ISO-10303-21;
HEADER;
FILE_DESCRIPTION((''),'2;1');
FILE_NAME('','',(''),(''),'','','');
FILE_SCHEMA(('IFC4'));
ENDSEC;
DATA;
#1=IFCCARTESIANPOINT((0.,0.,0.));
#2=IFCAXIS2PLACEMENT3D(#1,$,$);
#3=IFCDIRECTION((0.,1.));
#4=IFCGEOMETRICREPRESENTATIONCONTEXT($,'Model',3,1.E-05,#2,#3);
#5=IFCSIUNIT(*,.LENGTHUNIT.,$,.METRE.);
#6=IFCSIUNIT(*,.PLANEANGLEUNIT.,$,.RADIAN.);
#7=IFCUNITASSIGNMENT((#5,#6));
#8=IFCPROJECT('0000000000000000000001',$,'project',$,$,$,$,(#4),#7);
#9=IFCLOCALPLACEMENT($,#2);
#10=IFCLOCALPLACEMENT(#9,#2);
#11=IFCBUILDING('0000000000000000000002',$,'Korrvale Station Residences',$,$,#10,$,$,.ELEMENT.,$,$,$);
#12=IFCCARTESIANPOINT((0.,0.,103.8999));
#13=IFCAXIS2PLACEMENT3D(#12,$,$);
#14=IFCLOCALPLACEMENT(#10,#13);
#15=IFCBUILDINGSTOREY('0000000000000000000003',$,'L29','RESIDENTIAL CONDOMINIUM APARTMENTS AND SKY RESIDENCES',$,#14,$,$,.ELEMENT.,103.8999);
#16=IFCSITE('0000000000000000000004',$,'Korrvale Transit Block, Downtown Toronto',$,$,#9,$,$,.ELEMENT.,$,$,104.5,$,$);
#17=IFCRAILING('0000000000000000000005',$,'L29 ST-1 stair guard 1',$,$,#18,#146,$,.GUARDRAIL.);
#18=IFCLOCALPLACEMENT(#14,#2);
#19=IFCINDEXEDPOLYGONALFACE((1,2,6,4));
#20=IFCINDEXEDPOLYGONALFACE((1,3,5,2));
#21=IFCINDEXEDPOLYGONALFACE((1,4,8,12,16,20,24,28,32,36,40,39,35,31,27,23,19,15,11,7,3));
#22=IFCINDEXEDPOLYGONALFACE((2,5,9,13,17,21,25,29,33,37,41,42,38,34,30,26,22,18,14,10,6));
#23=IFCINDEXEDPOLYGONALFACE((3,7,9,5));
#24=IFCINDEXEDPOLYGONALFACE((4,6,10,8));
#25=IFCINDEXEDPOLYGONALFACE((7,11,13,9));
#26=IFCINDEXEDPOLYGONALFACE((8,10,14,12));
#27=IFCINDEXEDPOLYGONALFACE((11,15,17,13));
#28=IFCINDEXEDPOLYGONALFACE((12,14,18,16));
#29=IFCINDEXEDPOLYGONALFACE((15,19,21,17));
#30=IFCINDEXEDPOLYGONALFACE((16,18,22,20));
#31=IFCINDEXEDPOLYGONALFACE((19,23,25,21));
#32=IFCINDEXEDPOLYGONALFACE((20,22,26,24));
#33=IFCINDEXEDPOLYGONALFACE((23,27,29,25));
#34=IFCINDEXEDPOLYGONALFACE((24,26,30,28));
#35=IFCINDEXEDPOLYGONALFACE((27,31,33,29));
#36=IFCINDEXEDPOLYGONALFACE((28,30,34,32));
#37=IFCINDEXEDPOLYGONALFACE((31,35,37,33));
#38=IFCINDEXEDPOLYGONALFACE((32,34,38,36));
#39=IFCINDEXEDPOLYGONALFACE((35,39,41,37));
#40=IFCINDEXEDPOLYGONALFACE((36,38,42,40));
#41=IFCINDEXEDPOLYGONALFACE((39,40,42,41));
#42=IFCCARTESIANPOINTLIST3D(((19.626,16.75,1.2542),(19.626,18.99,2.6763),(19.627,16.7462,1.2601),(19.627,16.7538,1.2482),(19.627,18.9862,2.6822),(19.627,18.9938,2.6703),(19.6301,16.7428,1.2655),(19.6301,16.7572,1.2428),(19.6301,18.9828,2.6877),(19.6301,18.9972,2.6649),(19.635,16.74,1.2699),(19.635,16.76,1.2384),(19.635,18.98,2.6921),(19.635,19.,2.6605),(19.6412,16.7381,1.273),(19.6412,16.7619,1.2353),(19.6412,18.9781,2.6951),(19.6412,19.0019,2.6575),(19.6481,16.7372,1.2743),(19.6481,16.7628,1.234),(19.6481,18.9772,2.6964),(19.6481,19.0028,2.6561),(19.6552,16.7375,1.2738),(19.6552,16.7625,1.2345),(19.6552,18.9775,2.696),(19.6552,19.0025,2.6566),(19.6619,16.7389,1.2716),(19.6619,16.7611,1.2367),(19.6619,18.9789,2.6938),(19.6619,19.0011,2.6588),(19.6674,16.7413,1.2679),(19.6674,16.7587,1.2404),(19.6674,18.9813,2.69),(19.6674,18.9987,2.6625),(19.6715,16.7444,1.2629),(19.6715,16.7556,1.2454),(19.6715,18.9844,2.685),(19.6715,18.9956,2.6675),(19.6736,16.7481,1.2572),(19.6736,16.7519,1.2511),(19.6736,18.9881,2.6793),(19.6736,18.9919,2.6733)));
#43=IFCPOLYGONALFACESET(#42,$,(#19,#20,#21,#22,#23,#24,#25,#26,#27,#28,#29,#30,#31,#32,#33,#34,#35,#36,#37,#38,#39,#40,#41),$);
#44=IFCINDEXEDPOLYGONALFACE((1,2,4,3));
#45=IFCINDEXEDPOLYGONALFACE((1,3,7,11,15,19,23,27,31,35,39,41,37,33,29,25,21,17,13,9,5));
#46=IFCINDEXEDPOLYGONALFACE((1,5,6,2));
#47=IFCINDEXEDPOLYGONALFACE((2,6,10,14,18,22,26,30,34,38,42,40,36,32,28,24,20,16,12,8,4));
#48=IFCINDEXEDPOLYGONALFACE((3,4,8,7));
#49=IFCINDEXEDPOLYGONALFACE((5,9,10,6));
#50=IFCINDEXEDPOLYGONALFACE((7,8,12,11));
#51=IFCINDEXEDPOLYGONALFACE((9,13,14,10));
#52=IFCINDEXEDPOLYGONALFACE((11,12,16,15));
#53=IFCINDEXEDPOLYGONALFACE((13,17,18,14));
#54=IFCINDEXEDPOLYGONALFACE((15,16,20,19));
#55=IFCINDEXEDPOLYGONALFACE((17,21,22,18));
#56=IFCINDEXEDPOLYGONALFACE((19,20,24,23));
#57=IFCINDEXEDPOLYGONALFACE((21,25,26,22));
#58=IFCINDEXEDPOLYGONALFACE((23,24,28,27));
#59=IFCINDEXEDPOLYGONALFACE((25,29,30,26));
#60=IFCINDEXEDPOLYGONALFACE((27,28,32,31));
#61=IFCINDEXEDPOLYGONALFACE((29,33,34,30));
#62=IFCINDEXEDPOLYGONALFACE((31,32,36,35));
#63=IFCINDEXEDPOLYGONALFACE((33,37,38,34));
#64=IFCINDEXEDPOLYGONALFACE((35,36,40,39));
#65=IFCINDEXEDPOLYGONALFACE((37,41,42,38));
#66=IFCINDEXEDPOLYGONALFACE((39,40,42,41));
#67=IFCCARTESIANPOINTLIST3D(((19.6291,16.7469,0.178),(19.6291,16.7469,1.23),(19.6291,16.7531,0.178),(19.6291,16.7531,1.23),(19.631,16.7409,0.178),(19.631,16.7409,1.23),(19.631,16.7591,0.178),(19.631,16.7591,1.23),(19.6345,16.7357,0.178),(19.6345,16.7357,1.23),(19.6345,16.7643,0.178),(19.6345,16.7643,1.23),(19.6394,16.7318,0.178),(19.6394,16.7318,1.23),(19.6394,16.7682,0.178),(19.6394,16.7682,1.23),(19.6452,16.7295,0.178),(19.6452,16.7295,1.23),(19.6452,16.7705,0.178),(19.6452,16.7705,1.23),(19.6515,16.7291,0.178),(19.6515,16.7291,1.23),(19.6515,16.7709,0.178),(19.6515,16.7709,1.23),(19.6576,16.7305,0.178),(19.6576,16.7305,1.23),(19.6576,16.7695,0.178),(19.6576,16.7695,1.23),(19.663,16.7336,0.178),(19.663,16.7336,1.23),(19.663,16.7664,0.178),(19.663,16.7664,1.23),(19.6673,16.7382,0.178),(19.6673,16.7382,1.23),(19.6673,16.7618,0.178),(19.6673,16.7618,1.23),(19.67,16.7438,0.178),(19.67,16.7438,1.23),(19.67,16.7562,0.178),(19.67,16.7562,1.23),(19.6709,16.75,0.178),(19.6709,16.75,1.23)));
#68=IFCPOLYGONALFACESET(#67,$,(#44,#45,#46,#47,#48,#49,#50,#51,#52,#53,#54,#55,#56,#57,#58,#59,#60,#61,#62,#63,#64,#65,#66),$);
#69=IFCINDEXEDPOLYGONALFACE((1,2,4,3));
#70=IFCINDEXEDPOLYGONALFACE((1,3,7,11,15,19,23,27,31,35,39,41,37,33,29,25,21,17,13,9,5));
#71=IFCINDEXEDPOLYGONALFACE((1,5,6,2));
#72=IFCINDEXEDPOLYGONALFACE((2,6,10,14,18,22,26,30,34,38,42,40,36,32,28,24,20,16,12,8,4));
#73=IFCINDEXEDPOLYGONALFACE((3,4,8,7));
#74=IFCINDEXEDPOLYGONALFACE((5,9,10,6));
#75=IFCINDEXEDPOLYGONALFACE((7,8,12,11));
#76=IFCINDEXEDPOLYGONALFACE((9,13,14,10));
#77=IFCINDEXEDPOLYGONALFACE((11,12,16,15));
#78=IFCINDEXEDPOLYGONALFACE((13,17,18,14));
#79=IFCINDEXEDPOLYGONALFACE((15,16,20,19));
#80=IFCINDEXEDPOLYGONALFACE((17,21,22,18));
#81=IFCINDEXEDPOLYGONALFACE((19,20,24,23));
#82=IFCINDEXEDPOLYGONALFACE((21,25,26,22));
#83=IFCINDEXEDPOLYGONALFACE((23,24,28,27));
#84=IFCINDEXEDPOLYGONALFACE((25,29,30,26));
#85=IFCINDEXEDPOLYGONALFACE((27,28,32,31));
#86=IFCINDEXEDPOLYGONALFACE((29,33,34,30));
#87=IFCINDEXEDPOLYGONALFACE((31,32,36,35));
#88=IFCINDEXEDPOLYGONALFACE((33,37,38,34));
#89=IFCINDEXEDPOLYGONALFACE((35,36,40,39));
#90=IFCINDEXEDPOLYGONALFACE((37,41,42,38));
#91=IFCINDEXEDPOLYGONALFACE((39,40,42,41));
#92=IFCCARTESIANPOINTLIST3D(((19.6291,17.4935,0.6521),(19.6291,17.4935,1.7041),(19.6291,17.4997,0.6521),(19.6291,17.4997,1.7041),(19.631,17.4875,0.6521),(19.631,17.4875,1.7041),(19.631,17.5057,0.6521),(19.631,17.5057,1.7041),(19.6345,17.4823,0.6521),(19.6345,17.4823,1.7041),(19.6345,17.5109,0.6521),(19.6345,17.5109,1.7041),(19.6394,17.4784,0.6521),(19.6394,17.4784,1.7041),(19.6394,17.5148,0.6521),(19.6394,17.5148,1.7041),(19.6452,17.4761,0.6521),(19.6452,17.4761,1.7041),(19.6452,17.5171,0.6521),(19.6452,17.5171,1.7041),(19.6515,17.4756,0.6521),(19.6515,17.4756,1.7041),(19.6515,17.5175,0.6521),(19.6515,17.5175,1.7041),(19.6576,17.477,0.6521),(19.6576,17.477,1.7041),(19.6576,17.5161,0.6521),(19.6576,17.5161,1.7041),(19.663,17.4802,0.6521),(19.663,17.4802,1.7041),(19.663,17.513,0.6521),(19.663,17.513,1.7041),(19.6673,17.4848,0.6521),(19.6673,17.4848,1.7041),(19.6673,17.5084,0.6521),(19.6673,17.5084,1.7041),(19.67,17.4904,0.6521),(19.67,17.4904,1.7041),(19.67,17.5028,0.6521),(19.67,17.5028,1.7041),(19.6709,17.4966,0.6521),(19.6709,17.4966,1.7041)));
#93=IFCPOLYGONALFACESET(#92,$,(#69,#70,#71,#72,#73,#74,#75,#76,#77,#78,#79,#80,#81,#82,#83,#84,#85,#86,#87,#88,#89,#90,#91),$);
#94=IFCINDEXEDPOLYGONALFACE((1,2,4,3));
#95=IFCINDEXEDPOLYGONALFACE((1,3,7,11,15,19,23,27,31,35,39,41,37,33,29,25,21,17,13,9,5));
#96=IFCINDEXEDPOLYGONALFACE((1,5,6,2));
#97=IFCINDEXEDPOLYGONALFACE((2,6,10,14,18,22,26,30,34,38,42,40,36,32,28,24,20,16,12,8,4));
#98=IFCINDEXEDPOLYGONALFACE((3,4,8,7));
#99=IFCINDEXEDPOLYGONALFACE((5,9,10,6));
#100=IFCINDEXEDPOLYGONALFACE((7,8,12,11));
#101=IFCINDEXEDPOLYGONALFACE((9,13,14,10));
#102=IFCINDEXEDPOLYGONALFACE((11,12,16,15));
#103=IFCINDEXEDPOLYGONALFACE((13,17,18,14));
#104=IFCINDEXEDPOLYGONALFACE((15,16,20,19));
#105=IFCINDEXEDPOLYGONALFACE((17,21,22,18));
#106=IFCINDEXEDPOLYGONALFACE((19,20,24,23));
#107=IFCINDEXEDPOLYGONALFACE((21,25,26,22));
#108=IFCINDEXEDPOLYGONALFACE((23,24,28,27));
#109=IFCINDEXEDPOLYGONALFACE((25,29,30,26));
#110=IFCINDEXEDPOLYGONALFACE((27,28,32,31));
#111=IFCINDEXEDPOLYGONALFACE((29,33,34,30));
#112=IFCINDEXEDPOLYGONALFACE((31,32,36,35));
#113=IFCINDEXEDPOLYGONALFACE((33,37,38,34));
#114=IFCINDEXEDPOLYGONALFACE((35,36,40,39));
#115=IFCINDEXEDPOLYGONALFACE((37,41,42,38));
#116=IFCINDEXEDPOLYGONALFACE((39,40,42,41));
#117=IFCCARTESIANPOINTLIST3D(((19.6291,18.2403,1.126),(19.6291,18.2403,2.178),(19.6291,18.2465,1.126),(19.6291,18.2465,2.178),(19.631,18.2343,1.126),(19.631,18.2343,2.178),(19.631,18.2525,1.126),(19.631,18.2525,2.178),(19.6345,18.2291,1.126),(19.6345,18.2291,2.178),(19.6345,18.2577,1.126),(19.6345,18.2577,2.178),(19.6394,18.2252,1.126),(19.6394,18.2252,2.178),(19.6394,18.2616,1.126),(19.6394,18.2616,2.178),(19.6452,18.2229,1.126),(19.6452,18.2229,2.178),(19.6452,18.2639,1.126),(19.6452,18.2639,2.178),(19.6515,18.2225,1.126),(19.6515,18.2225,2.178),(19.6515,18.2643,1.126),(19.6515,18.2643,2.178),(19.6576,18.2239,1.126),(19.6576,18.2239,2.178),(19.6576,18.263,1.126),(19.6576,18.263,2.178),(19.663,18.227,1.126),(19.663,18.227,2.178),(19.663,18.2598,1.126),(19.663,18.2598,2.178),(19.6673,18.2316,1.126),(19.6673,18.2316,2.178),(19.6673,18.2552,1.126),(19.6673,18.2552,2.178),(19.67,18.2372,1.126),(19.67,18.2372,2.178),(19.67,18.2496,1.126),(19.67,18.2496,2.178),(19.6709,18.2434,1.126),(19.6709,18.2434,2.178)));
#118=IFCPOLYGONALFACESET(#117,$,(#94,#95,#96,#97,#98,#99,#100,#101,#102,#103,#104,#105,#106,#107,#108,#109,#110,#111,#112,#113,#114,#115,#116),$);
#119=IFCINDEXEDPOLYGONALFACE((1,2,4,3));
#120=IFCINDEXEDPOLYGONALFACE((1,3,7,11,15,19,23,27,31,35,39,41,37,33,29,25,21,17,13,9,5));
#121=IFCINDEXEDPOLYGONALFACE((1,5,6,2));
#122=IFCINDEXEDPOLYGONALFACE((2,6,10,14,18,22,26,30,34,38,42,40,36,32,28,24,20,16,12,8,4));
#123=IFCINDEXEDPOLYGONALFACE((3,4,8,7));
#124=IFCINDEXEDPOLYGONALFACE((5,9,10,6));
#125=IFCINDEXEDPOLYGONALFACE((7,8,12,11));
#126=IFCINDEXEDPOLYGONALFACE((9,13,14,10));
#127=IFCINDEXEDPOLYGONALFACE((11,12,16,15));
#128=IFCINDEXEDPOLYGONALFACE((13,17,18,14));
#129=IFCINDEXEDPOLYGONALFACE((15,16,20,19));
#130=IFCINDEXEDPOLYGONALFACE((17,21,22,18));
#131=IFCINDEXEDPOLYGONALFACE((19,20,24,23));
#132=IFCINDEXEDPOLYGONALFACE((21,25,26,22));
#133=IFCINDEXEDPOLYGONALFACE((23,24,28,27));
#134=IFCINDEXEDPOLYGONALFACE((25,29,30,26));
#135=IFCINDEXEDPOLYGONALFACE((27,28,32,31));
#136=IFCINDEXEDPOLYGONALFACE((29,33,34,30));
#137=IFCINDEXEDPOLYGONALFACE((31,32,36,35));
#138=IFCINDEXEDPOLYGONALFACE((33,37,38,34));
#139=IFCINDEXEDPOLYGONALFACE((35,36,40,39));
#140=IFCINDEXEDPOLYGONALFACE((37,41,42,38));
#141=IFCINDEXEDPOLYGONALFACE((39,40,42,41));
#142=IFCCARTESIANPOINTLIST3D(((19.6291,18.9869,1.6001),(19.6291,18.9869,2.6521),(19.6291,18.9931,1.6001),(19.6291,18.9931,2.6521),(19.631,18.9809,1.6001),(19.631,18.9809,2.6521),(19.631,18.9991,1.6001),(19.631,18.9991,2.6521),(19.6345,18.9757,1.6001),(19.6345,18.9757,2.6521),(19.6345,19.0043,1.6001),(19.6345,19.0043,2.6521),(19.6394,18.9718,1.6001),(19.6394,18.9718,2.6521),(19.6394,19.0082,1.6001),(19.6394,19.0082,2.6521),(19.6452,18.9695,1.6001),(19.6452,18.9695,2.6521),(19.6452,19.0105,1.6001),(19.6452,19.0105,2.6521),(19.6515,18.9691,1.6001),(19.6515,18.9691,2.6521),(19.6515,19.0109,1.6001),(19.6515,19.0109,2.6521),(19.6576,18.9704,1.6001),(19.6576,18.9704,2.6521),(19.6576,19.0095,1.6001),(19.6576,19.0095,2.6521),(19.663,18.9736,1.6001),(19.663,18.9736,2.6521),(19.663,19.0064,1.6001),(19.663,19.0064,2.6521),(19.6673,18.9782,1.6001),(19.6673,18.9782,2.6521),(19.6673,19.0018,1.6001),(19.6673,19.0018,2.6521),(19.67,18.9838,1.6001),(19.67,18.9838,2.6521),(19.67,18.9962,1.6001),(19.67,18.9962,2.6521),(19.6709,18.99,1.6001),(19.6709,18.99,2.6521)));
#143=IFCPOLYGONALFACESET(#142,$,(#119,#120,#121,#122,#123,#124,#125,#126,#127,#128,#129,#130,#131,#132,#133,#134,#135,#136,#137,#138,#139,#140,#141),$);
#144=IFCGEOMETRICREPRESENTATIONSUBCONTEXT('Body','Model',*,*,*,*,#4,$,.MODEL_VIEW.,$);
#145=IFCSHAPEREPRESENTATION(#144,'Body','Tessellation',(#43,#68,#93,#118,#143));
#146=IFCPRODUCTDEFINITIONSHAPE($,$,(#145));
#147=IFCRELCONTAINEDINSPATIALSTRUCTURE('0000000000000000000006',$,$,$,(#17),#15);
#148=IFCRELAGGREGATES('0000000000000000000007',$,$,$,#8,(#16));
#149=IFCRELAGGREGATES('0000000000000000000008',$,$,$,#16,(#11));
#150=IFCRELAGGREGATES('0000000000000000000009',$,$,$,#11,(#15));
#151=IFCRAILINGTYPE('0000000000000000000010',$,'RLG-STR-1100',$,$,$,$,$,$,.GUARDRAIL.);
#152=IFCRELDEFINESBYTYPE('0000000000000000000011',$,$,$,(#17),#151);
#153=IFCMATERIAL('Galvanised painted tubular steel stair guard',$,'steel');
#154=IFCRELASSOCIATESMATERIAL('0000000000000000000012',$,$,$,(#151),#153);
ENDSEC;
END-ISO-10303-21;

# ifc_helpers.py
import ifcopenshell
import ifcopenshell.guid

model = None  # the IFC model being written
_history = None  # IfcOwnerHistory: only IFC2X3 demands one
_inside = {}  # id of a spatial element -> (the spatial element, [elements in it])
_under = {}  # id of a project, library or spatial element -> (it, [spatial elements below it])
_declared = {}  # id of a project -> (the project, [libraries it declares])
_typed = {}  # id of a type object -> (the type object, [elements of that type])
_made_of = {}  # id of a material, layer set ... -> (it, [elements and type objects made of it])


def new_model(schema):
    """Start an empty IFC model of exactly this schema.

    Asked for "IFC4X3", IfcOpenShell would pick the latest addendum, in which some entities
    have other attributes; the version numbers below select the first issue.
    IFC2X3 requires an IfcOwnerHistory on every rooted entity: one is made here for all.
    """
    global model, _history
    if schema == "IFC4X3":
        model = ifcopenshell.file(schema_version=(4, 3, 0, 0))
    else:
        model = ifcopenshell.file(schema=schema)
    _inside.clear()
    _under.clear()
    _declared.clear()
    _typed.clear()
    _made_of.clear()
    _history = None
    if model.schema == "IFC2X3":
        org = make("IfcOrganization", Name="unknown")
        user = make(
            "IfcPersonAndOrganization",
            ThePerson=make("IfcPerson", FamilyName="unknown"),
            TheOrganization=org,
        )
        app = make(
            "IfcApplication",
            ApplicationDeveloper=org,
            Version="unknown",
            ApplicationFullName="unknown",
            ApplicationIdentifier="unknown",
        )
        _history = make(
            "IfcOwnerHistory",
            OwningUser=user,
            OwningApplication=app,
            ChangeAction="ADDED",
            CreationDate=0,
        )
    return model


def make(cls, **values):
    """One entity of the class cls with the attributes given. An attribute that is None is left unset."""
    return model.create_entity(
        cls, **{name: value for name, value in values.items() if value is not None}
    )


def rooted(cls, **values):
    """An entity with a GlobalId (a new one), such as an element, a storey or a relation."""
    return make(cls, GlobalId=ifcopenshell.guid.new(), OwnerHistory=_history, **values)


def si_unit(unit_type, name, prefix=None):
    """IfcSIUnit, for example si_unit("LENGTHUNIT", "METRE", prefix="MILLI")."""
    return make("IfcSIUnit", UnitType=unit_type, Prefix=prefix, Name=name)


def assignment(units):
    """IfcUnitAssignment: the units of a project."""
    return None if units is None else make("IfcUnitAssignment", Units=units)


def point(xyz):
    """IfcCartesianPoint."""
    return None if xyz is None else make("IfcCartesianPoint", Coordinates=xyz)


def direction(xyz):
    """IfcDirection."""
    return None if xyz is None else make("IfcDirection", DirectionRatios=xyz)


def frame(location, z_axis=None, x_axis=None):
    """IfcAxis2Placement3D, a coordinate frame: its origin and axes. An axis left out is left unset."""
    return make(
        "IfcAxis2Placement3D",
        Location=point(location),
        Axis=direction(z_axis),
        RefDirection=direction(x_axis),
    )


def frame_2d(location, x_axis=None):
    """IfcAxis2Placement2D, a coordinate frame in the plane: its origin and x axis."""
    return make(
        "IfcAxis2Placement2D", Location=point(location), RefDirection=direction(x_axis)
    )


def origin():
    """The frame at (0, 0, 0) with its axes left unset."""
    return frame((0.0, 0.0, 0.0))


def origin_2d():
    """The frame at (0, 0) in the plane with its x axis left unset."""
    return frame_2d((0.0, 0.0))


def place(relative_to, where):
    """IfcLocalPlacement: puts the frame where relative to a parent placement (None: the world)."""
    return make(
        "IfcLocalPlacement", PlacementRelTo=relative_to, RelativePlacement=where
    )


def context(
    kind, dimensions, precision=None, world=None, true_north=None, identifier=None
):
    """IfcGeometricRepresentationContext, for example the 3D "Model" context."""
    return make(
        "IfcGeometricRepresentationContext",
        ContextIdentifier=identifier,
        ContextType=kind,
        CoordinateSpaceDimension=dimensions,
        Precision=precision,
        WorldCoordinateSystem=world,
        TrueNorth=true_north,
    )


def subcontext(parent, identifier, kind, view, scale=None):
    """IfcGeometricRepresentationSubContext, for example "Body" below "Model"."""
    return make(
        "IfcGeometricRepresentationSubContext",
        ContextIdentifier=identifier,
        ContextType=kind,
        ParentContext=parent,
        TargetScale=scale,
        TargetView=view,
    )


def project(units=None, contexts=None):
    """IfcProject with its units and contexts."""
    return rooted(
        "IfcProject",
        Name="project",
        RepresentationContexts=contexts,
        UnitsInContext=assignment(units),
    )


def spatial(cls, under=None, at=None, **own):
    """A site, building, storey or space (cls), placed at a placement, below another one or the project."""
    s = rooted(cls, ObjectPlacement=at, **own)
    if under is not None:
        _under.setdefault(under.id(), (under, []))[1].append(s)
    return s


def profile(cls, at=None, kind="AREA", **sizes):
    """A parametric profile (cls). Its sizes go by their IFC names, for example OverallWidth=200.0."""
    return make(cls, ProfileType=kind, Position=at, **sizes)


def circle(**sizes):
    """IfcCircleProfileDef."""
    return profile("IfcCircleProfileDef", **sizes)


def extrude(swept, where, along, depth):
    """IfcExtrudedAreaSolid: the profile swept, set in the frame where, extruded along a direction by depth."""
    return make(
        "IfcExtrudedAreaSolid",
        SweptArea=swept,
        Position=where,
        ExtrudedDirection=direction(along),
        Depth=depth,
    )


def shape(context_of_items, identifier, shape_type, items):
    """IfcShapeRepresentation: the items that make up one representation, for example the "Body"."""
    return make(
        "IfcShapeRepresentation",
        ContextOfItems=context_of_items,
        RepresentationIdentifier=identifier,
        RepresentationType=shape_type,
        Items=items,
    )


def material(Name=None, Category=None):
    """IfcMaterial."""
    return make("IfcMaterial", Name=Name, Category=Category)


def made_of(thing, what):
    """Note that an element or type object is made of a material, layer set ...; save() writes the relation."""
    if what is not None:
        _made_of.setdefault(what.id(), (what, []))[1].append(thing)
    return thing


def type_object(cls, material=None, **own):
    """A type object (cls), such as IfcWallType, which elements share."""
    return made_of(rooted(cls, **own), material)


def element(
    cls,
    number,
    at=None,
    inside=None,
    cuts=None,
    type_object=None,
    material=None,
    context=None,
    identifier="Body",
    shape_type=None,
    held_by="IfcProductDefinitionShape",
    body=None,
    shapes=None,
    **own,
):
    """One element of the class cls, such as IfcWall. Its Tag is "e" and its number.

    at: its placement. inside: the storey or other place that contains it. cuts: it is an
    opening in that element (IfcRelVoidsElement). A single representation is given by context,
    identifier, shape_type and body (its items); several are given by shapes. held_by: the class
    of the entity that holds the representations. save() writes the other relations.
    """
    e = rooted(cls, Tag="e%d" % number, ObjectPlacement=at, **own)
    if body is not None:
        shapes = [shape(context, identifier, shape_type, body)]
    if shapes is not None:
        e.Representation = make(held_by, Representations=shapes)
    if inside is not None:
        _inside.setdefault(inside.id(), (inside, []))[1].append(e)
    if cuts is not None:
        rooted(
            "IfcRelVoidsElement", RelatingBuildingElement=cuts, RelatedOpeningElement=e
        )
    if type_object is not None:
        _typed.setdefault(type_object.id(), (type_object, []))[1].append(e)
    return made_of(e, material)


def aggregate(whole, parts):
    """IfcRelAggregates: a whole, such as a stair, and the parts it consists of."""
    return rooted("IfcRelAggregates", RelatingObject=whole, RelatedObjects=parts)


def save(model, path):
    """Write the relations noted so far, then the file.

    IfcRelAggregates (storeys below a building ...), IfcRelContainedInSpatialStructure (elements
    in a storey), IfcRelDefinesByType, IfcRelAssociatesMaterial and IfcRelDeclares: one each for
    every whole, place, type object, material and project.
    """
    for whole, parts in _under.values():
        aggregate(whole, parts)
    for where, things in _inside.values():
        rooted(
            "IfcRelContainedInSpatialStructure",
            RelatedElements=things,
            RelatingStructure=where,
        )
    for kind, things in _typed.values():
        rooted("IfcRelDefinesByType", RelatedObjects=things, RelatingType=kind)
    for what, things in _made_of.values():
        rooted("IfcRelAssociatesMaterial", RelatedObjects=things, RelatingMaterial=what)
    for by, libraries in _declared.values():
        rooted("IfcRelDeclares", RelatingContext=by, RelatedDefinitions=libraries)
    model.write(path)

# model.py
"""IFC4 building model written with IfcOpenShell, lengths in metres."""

from ifc_helpers import new_model, si_unit, direction, frame, origin, origin_2d, place, context, subcontext, project, spatial, circle, extrude, material, type_object, element, save


model = new_model("IFC4")

# Units and contexts
model_context = context("Model", 3, precision=1e-05, world=origin(), true_north=direction((0.0, 1.0)))
body_context = subcontext(model_context, "Body", "Model", "MODEL_VIEW")
ifc_project = project(units=[si_unit("LENGTHUNIT", "METRE"), si_unit("PLANEANGLEUNIT", "RADIAN")], contexts=[model_context])

# Site, building, storey
site_placement = place(None, origin())
site = spatial("IfcSite", under=ifc_project, at=site_placement, Name="Korrvale Transit Block, Downtown Toronto", CompositionType="ELEMENT", RefElevation=104.5)
building_placement = place(site_placement, origin())
building = spatial("IfcBuilding", under=site, at=building_placement, Name="Korrvale Station Residences", CompositionType="ELEMENT")
storey_placement = place(building_placement, frame((0.0, 0.0, 103.8999)))
storey = spatial("IfcBuildingStorey", under=building, at=storey_placement, Name="L29", Description="RESIDENTIAL CONDOMINIUM APARTMENTS AND SKY RESIDENCES", CompositionType="ELEMENT", Elevation=103.8999)

# Railing
ifc_material_1 = material(Name="Galvanised painted tubular steel stair guard", Category="steel")
railing_type_1 = type_object("IfcRailingType", Name="RLG-STR-1100", PredefinedType="GUARDRAIL", material=ifc_material_1)
railing_1_placement = place(storey_placement, frame((19.6499, 16.75, 0.178)))
element("IfcRailing", 1, at=railing_1_placement, inside=storey, type_object=railing_type_1, Name="L29 ST-1 stair guard 1", PredefinedType="GUARDRAIL", context=body_context, shape_type="SweptSolid", body=[
    extrude(circle(Radius=0.0239, at=origin_2d()), frame((0.0, 0.0, 1.0762), z_axis=(0.0, 0.844229, 0.535982), x_axis=(-1.0, 0.0, 0.0)), (0.0, 0.0, 1.0), 2.6533),
    extrude(circle(Radius=0.021, at=origin_2d()), origin(), (0.0, 0.0, 1.0), 1.052),
    extrude(circle(Radius=0.021, at=origin_2d()), frame((0.0, 0.7466, 0.4741)), (0.0, 0.0, 1.0), 1.052),
    extrude(circle(Radius=0.021, at=origin_2d()), frame((0.0, 1.4934, 0.948)), (0.0, 0.0, 1.0), 1.052),
    extrude(circle(Radius=0.021, at=origin_2d()), frame((0.0, 2.24, 1.4221)), (0.0, 0.0, 1.0), 1.052),
])

save(model, "model.ifc")
